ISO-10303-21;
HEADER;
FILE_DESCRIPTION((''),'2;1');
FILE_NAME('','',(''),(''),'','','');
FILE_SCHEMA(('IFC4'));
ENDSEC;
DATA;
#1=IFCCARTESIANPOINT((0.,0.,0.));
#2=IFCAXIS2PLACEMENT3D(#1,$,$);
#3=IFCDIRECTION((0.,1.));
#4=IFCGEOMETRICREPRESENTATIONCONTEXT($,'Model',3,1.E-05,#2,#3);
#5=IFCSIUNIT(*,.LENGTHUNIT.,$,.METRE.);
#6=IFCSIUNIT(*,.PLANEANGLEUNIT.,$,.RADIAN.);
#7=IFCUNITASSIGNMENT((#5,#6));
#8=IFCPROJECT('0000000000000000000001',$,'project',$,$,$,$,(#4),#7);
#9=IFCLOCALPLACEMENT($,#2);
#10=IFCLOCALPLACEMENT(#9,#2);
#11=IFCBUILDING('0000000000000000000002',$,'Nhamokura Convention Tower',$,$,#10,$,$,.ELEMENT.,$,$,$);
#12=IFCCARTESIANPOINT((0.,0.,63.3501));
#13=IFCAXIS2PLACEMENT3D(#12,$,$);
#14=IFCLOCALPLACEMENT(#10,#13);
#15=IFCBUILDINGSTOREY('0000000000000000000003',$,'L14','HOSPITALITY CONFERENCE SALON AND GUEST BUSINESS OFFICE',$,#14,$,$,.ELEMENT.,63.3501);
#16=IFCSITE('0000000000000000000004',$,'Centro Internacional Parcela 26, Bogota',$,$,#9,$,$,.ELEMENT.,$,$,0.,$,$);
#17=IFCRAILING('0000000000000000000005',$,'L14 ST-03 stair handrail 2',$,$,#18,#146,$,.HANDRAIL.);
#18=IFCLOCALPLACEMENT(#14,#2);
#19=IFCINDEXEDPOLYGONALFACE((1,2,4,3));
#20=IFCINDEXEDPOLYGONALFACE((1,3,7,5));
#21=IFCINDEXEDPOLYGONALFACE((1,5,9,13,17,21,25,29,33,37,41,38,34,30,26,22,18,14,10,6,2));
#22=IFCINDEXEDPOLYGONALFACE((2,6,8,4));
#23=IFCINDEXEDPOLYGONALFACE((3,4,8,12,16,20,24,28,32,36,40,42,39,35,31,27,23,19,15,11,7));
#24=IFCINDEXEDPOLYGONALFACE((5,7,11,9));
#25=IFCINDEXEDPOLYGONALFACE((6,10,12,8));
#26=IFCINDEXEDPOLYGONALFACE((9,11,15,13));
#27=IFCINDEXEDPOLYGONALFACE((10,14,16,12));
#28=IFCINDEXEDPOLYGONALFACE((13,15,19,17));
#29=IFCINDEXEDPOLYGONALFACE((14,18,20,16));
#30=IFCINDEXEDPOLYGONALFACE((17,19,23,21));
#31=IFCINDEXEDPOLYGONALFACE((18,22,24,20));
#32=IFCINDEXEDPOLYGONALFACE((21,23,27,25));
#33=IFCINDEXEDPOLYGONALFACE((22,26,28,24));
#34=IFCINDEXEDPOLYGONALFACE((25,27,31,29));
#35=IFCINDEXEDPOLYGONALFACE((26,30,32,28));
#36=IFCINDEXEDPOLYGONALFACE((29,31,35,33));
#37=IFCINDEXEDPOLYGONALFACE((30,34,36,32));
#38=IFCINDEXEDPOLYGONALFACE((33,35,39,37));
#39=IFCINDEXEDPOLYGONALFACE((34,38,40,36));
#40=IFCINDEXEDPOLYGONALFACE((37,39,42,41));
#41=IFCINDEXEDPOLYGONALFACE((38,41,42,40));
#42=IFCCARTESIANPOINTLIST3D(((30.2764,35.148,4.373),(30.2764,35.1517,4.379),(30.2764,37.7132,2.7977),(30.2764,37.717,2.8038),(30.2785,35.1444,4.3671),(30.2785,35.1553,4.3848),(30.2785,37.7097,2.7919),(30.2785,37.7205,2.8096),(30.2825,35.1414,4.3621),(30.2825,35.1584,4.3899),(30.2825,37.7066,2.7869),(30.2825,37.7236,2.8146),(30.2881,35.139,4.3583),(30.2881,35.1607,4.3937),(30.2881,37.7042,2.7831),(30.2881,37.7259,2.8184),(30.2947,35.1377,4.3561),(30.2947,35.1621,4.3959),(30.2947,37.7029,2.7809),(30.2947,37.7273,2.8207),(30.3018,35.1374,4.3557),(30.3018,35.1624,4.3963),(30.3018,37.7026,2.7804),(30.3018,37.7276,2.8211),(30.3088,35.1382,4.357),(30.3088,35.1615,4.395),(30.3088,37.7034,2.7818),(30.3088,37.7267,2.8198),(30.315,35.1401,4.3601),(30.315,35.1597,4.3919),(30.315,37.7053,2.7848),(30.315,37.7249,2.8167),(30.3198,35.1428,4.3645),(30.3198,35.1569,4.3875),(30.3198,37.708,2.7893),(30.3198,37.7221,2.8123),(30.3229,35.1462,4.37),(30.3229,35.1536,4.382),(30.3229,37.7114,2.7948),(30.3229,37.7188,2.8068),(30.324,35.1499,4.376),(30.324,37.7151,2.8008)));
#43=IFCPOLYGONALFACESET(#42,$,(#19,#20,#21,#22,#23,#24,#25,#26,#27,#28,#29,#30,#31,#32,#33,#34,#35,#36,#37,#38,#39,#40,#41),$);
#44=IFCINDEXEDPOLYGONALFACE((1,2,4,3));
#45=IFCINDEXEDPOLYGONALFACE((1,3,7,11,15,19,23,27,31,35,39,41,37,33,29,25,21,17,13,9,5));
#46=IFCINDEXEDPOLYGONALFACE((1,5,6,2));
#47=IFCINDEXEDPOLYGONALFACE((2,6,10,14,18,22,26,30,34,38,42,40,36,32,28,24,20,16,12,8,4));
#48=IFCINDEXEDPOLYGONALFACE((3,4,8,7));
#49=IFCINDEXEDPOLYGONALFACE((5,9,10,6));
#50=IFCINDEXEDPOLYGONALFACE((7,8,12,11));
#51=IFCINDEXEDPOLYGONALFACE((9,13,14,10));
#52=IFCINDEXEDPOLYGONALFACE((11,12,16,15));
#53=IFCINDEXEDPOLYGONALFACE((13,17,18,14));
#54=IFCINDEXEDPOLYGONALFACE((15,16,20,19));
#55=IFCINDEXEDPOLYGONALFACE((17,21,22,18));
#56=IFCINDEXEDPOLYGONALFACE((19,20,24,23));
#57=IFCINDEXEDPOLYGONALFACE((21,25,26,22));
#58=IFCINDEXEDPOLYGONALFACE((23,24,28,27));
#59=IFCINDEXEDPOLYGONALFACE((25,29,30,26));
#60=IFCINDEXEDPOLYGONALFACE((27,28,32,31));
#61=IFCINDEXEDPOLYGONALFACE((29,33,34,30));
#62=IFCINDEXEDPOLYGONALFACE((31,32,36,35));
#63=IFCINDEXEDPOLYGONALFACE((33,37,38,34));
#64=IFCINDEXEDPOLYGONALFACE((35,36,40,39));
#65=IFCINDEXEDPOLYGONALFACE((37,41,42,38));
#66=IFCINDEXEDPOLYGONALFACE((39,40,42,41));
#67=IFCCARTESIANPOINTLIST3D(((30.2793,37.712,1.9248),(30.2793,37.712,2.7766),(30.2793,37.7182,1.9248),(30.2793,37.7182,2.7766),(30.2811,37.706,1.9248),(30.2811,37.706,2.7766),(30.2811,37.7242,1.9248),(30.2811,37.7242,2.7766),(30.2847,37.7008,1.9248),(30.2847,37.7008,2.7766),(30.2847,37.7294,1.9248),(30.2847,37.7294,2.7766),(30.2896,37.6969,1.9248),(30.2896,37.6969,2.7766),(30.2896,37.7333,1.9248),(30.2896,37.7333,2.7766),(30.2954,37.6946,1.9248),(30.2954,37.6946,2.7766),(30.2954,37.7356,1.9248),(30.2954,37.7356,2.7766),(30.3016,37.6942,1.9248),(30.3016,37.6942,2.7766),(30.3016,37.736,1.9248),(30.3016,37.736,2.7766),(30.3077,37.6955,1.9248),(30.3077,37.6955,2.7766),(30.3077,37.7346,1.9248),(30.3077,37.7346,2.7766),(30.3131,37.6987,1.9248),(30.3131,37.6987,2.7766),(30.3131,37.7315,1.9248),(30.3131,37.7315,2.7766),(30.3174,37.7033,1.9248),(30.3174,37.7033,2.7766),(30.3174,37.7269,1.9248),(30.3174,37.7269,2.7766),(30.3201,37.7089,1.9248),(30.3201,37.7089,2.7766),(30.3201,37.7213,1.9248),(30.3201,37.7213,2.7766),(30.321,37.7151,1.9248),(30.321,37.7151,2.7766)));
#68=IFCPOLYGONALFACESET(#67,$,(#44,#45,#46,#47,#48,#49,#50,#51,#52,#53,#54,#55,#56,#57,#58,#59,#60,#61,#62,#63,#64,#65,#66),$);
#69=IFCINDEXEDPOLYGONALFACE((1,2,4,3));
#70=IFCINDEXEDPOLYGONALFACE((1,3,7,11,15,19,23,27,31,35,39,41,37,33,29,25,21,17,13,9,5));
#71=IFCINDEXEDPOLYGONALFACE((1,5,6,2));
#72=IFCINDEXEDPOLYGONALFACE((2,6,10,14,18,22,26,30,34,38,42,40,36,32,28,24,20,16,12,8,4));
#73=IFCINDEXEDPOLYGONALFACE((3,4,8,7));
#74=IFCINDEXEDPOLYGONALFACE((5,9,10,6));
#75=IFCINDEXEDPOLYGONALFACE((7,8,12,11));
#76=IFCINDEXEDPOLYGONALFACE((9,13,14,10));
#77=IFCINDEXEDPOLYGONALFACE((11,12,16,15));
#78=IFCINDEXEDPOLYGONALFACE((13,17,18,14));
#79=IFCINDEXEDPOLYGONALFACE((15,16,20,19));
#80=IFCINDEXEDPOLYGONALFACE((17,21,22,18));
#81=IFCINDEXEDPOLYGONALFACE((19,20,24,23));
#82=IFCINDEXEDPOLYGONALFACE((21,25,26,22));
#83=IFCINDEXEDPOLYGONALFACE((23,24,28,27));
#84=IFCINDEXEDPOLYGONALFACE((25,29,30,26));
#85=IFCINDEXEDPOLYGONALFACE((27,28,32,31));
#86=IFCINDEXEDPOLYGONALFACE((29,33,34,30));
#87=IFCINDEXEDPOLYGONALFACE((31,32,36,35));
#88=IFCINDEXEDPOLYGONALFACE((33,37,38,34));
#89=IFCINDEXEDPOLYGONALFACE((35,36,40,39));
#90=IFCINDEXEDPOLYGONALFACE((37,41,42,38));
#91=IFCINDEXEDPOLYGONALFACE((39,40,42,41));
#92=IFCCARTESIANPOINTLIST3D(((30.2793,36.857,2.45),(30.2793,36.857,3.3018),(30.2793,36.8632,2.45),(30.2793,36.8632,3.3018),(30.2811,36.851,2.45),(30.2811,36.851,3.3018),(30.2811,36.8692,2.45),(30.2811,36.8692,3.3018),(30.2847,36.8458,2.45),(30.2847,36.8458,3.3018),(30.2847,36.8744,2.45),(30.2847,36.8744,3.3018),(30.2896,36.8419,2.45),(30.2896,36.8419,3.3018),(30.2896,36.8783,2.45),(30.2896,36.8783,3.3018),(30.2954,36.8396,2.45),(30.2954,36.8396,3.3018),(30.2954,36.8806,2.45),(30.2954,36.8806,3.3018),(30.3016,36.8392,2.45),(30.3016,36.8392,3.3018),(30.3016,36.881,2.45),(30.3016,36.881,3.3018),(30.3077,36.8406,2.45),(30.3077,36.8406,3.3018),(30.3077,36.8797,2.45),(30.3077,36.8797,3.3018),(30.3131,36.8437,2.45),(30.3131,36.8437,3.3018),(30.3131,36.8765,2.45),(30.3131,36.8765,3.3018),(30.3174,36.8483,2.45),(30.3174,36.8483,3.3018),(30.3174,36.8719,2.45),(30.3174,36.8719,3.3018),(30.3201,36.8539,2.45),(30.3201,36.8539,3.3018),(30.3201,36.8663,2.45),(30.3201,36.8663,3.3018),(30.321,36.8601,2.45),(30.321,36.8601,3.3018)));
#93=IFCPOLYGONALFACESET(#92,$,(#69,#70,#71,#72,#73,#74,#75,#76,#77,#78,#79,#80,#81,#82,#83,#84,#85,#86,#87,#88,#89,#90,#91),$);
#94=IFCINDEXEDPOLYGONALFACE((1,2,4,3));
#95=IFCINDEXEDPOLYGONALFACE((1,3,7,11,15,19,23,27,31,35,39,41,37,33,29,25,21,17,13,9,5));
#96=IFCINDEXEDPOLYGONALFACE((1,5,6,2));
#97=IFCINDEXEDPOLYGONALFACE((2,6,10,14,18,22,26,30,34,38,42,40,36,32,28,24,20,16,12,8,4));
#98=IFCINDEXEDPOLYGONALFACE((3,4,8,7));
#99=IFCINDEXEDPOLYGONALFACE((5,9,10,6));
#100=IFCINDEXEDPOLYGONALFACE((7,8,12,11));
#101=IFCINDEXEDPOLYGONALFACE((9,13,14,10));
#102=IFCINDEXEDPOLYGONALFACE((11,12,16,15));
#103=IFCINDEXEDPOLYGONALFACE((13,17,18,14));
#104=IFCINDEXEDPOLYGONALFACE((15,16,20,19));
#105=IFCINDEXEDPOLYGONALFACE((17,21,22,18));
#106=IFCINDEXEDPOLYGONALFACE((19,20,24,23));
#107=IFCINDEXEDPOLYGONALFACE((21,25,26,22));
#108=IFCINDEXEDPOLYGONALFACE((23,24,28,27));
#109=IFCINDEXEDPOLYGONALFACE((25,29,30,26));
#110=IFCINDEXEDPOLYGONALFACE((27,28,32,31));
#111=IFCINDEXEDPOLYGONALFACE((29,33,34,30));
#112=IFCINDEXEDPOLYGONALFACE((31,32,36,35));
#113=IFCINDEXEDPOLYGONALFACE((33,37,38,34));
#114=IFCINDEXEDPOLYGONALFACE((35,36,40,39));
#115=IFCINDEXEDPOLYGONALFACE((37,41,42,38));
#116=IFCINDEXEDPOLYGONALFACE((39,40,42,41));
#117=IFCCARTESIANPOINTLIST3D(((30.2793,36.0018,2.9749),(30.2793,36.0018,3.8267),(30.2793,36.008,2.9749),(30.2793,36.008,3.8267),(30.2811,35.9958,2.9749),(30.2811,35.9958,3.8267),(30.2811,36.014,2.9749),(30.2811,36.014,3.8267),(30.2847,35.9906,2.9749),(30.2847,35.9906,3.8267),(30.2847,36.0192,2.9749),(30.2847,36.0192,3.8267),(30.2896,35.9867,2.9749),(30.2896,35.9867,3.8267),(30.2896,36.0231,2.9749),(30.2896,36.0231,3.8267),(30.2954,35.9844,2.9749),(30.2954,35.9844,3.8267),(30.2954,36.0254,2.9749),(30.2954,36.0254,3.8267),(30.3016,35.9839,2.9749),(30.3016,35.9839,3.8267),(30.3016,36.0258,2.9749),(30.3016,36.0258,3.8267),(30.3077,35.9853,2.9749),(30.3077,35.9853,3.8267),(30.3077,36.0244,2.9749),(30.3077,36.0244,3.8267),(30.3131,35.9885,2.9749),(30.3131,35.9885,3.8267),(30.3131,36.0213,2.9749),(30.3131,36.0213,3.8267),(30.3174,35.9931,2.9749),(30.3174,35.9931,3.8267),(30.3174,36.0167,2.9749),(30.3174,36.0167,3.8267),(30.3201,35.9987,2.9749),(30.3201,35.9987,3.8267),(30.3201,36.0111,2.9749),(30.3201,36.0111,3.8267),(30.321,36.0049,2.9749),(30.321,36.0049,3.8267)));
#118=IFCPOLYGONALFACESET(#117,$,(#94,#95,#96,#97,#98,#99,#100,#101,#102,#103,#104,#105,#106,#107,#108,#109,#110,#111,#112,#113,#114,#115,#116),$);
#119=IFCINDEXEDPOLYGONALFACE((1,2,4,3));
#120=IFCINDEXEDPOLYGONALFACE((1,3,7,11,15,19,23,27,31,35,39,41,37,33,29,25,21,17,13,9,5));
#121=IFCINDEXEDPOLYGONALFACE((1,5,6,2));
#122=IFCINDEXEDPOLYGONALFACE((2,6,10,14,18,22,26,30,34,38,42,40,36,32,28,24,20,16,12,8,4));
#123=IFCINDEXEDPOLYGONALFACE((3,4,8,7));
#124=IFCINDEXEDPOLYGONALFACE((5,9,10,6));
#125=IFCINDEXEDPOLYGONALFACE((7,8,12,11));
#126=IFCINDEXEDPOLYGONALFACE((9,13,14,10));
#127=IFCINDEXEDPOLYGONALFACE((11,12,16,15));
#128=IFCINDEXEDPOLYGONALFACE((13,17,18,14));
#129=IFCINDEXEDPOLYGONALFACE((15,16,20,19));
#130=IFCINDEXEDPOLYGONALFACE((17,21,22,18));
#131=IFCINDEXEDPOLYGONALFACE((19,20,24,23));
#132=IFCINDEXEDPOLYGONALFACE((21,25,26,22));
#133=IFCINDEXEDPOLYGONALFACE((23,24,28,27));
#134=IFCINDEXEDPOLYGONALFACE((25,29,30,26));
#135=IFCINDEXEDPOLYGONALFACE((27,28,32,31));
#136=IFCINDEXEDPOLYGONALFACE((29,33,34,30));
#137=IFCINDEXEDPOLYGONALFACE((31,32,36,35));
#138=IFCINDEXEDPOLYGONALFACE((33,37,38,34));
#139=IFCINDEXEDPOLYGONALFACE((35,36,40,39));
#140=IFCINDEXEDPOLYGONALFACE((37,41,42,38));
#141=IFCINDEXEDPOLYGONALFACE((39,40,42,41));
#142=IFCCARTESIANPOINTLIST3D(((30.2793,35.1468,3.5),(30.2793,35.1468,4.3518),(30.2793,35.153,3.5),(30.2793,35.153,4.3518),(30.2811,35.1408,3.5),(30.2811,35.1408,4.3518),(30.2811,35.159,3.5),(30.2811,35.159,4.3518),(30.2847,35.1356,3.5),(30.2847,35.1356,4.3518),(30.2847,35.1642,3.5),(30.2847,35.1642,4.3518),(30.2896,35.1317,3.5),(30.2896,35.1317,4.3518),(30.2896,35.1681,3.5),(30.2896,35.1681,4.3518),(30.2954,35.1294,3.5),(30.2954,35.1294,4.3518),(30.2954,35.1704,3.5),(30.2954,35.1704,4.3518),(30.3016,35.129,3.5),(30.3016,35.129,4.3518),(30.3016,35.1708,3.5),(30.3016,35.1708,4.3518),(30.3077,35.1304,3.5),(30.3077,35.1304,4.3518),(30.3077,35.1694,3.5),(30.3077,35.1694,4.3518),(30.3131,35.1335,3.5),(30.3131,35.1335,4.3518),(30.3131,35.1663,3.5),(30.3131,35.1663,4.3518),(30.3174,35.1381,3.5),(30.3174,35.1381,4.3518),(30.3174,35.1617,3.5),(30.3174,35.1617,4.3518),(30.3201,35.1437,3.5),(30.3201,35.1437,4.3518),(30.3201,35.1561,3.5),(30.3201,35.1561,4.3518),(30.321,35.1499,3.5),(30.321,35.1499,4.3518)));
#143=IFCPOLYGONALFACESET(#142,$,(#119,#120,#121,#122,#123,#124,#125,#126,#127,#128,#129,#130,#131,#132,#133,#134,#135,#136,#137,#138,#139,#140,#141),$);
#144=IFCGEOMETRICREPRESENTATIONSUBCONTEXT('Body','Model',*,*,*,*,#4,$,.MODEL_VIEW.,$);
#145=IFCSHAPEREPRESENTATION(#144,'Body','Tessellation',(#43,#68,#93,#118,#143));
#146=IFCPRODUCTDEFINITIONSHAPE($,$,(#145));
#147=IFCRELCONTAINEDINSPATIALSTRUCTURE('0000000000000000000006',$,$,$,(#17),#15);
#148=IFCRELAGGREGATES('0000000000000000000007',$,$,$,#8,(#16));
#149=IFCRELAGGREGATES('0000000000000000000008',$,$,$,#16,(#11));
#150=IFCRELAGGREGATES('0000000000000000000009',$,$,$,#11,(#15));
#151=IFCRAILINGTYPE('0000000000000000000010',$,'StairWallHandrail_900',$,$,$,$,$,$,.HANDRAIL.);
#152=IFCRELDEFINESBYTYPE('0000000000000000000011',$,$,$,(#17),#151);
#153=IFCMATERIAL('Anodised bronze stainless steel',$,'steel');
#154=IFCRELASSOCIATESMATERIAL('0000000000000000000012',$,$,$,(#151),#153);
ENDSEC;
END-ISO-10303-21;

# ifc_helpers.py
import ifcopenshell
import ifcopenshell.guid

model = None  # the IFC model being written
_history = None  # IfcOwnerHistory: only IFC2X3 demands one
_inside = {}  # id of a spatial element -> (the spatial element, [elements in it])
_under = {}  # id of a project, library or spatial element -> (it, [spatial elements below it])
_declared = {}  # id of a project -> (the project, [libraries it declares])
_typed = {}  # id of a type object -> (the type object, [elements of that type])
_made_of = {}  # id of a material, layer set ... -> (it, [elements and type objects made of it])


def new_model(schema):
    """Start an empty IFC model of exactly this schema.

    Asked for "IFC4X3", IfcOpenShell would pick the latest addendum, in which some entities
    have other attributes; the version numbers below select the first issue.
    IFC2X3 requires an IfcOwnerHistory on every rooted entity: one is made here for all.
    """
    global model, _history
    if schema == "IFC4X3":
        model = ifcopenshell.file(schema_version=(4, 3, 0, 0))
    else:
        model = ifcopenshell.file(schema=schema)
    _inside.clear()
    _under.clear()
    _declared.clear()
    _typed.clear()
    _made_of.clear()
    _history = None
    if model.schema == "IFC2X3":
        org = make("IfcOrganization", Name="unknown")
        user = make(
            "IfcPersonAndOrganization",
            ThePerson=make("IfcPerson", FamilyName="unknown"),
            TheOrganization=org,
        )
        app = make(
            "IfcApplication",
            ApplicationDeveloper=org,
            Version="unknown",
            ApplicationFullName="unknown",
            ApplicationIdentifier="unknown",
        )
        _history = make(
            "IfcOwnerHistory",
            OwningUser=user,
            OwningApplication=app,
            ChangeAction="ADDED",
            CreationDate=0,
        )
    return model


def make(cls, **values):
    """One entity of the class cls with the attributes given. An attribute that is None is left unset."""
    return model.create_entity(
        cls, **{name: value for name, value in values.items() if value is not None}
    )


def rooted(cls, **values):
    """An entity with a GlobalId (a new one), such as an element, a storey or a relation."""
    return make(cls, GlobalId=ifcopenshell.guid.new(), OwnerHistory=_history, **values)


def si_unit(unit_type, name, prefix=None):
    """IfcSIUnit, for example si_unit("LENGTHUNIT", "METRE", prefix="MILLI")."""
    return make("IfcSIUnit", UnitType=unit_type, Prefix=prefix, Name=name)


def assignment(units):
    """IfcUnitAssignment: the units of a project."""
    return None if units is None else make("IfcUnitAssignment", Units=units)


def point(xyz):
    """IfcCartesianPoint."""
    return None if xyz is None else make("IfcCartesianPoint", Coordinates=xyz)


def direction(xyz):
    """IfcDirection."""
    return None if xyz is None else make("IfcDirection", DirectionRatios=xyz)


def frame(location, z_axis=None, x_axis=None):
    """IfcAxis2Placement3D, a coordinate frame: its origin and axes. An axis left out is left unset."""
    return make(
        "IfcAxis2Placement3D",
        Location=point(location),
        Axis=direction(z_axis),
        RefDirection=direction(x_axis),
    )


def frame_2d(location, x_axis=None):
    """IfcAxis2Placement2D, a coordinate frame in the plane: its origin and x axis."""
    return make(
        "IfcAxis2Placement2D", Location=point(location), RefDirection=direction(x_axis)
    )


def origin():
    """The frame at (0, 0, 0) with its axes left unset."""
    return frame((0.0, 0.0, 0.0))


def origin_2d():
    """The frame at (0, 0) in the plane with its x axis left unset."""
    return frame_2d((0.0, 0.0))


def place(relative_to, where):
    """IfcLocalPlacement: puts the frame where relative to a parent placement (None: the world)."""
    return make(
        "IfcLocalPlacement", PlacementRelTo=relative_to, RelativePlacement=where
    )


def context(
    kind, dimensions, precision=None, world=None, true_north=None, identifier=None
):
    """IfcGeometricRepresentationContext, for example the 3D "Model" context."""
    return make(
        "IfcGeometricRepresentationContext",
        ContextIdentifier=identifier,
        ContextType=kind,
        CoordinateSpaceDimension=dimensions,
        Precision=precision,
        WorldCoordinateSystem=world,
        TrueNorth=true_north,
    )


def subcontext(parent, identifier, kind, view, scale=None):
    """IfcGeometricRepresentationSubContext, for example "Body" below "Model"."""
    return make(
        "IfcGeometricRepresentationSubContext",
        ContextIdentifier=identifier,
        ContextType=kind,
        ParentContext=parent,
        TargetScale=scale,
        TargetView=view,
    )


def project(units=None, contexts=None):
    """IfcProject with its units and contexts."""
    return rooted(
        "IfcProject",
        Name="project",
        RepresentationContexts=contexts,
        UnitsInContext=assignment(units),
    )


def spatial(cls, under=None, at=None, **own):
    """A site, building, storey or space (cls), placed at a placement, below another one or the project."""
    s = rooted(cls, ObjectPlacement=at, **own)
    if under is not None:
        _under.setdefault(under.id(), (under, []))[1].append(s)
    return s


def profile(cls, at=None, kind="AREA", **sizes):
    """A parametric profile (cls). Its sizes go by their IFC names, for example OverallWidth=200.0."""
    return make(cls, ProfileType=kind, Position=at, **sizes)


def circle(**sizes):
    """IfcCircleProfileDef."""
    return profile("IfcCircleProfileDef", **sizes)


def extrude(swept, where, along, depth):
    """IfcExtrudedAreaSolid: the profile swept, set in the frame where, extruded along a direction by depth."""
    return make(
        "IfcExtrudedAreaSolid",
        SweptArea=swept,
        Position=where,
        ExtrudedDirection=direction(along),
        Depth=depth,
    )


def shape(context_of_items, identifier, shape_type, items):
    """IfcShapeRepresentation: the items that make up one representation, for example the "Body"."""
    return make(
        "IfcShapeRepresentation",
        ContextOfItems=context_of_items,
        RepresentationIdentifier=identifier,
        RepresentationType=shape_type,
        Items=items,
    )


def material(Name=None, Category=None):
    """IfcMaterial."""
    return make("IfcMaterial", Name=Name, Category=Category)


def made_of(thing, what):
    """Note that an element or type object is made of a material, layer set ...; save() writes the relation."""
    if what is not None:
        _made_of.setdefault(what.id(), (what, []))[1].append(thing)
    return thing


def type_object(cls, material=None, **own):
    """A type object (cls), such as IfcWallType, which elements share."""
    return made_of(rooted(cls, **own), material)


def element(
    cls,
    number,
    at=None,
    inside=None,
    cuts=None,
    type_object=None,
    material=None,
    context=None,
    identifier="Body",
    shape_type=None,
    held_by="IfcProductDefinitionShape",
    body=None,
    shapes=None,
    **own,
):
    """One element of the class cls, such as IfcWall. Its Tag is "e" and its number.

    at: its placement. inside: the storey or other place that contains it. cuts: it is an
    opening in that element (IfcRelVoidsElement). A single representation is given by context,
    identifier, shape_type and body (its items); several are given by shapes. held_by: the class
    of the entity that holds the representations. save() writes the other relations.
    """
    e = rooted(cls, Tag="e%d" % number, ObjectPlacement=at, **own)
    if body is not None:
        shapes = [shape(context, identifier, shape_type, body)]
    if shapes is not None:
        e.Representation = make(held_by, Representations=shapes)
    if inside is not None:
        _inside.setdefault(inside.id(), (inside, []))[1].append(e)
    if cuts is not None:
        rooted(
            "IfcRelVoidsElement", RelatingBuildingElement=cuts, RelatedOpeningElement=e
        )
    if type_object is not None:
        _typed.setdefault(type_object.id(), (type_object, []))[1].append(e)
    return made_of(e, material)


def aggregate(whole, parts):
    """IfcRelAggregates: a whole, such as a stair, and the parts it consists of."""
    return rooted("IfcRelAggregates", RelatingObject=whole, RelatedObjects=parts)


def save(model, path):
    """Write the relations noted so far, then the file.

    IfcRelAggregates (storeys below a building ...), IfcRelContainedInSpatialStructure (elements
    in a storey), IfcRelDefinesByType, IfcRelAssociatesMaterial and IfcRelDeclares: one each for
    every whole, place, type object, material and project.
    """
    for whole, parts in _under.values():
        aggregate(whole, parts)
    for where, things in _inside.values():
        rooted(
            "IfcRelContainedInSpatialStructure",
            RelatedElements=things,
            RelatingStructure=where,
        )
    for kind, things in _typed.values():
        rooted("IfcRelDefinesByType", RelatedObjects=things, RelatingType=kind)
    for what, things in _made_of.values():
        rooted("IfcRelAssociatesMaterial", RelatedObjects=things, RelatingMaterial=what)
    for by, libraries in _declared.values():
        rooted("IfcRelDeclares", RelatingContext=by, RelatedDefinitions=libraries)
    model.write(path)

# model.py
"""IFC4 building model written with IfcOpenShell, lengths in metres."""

from ifc_helpers import new_model, si_unit, direction, frame, origin, origin_2d, place, context, subcontext, project, spatial, circle, extrude, material, type_object, element, save


model = new_model("IFC4")

# Units and contexts
model_context = context("Model", 3, precision=1e-05, world=origin(), true_north=direction((0.0, 1.0)))
body_context = subcontext(model_context, "Body", "Model", "MODEL_VIEW")
ifc_project = project(units=[si_unit("LENGTHUNIT", "METRE"), si_unit("PLANEANGLEUNIT", "RADIAN")], contexts=[model_context])

# Site, building, storey
site_placement = place(None, origin())
site = spatial("IfcSite", under=ifc_project, at=site_placement, Name="Centro Internacional Parcela 26, Bogota", CompositionType="ELEMENT", RefElevation=0.0)
building_placement = place(site_placement, origin())
building = spatial("IfcBuilding", under=site, at=building_placement, Name="Nhamokura Convention Tower", CompositionType="ELEMENT")
storey_placement = place(building_placement, frame((0.0, 0.0, 63.3501)))
storey = spatial("IfcBuildingStorey", under=building, at=storey_placement, Name="L14", Description="HOSPITALITY CONFERENCE SALON AND GUEST BUSINESS OFFICE", CompositionType="ELEMENT", Elevation=63.3501)

# Railing
ifc_material_1 = material(Name="Anodised bronze stainless steel", Category="steel")
railing_type_1 = type_object("IfcRailingType", Name="StairWallHandrail_900", PredefinedType="HANDRAIL", material=ifc_material_1)
railing_1_placement = place(storey_placement, frame((30.3, 37.7151, 1.9248)))
element("IfcRailing", 1, at=railing_1_placement, inside=storey, type_object=railing_type_1, Name="L14 ST-03 stair handrail 2", PredefinedType="HANDRAIL", context=body_context, shape_type="SweptSolid", body=[
    extrude(circle(Radius=0.0239, at=origin_2d()), frame((0.0, 0.0, 0.876), z_axis=(0.0, -0.852159, 0.523283), x_axis=(1.0, 0.0, 0.0)), (0.0, 0.0, 1.0), 3.0103),
    extrude(circle(Radius=0.021, at=origin_2d()), origin(), (0.0, 0.0, 1.0), 0.8518),
    extrude(circle(Radius=0.021, at=origin_2d()), frame((0.0, -0.855, 0.5251)), (0.0, 0.0, 1.0), 0.8518),
    extrude(circle(Radius=0.021, at=origin_2d()), frame((0.0, -1.7102, 1.05)), (0.0, 0.0, 1.0), 0.8518),
    extrude(circle(Radius=0.021, at=origin_2d()), frame((0.0, -2.5652, 1.5752)), (0.0, 0.0, 1.0), 0.8518),
])

save(model, "model.ifc")
